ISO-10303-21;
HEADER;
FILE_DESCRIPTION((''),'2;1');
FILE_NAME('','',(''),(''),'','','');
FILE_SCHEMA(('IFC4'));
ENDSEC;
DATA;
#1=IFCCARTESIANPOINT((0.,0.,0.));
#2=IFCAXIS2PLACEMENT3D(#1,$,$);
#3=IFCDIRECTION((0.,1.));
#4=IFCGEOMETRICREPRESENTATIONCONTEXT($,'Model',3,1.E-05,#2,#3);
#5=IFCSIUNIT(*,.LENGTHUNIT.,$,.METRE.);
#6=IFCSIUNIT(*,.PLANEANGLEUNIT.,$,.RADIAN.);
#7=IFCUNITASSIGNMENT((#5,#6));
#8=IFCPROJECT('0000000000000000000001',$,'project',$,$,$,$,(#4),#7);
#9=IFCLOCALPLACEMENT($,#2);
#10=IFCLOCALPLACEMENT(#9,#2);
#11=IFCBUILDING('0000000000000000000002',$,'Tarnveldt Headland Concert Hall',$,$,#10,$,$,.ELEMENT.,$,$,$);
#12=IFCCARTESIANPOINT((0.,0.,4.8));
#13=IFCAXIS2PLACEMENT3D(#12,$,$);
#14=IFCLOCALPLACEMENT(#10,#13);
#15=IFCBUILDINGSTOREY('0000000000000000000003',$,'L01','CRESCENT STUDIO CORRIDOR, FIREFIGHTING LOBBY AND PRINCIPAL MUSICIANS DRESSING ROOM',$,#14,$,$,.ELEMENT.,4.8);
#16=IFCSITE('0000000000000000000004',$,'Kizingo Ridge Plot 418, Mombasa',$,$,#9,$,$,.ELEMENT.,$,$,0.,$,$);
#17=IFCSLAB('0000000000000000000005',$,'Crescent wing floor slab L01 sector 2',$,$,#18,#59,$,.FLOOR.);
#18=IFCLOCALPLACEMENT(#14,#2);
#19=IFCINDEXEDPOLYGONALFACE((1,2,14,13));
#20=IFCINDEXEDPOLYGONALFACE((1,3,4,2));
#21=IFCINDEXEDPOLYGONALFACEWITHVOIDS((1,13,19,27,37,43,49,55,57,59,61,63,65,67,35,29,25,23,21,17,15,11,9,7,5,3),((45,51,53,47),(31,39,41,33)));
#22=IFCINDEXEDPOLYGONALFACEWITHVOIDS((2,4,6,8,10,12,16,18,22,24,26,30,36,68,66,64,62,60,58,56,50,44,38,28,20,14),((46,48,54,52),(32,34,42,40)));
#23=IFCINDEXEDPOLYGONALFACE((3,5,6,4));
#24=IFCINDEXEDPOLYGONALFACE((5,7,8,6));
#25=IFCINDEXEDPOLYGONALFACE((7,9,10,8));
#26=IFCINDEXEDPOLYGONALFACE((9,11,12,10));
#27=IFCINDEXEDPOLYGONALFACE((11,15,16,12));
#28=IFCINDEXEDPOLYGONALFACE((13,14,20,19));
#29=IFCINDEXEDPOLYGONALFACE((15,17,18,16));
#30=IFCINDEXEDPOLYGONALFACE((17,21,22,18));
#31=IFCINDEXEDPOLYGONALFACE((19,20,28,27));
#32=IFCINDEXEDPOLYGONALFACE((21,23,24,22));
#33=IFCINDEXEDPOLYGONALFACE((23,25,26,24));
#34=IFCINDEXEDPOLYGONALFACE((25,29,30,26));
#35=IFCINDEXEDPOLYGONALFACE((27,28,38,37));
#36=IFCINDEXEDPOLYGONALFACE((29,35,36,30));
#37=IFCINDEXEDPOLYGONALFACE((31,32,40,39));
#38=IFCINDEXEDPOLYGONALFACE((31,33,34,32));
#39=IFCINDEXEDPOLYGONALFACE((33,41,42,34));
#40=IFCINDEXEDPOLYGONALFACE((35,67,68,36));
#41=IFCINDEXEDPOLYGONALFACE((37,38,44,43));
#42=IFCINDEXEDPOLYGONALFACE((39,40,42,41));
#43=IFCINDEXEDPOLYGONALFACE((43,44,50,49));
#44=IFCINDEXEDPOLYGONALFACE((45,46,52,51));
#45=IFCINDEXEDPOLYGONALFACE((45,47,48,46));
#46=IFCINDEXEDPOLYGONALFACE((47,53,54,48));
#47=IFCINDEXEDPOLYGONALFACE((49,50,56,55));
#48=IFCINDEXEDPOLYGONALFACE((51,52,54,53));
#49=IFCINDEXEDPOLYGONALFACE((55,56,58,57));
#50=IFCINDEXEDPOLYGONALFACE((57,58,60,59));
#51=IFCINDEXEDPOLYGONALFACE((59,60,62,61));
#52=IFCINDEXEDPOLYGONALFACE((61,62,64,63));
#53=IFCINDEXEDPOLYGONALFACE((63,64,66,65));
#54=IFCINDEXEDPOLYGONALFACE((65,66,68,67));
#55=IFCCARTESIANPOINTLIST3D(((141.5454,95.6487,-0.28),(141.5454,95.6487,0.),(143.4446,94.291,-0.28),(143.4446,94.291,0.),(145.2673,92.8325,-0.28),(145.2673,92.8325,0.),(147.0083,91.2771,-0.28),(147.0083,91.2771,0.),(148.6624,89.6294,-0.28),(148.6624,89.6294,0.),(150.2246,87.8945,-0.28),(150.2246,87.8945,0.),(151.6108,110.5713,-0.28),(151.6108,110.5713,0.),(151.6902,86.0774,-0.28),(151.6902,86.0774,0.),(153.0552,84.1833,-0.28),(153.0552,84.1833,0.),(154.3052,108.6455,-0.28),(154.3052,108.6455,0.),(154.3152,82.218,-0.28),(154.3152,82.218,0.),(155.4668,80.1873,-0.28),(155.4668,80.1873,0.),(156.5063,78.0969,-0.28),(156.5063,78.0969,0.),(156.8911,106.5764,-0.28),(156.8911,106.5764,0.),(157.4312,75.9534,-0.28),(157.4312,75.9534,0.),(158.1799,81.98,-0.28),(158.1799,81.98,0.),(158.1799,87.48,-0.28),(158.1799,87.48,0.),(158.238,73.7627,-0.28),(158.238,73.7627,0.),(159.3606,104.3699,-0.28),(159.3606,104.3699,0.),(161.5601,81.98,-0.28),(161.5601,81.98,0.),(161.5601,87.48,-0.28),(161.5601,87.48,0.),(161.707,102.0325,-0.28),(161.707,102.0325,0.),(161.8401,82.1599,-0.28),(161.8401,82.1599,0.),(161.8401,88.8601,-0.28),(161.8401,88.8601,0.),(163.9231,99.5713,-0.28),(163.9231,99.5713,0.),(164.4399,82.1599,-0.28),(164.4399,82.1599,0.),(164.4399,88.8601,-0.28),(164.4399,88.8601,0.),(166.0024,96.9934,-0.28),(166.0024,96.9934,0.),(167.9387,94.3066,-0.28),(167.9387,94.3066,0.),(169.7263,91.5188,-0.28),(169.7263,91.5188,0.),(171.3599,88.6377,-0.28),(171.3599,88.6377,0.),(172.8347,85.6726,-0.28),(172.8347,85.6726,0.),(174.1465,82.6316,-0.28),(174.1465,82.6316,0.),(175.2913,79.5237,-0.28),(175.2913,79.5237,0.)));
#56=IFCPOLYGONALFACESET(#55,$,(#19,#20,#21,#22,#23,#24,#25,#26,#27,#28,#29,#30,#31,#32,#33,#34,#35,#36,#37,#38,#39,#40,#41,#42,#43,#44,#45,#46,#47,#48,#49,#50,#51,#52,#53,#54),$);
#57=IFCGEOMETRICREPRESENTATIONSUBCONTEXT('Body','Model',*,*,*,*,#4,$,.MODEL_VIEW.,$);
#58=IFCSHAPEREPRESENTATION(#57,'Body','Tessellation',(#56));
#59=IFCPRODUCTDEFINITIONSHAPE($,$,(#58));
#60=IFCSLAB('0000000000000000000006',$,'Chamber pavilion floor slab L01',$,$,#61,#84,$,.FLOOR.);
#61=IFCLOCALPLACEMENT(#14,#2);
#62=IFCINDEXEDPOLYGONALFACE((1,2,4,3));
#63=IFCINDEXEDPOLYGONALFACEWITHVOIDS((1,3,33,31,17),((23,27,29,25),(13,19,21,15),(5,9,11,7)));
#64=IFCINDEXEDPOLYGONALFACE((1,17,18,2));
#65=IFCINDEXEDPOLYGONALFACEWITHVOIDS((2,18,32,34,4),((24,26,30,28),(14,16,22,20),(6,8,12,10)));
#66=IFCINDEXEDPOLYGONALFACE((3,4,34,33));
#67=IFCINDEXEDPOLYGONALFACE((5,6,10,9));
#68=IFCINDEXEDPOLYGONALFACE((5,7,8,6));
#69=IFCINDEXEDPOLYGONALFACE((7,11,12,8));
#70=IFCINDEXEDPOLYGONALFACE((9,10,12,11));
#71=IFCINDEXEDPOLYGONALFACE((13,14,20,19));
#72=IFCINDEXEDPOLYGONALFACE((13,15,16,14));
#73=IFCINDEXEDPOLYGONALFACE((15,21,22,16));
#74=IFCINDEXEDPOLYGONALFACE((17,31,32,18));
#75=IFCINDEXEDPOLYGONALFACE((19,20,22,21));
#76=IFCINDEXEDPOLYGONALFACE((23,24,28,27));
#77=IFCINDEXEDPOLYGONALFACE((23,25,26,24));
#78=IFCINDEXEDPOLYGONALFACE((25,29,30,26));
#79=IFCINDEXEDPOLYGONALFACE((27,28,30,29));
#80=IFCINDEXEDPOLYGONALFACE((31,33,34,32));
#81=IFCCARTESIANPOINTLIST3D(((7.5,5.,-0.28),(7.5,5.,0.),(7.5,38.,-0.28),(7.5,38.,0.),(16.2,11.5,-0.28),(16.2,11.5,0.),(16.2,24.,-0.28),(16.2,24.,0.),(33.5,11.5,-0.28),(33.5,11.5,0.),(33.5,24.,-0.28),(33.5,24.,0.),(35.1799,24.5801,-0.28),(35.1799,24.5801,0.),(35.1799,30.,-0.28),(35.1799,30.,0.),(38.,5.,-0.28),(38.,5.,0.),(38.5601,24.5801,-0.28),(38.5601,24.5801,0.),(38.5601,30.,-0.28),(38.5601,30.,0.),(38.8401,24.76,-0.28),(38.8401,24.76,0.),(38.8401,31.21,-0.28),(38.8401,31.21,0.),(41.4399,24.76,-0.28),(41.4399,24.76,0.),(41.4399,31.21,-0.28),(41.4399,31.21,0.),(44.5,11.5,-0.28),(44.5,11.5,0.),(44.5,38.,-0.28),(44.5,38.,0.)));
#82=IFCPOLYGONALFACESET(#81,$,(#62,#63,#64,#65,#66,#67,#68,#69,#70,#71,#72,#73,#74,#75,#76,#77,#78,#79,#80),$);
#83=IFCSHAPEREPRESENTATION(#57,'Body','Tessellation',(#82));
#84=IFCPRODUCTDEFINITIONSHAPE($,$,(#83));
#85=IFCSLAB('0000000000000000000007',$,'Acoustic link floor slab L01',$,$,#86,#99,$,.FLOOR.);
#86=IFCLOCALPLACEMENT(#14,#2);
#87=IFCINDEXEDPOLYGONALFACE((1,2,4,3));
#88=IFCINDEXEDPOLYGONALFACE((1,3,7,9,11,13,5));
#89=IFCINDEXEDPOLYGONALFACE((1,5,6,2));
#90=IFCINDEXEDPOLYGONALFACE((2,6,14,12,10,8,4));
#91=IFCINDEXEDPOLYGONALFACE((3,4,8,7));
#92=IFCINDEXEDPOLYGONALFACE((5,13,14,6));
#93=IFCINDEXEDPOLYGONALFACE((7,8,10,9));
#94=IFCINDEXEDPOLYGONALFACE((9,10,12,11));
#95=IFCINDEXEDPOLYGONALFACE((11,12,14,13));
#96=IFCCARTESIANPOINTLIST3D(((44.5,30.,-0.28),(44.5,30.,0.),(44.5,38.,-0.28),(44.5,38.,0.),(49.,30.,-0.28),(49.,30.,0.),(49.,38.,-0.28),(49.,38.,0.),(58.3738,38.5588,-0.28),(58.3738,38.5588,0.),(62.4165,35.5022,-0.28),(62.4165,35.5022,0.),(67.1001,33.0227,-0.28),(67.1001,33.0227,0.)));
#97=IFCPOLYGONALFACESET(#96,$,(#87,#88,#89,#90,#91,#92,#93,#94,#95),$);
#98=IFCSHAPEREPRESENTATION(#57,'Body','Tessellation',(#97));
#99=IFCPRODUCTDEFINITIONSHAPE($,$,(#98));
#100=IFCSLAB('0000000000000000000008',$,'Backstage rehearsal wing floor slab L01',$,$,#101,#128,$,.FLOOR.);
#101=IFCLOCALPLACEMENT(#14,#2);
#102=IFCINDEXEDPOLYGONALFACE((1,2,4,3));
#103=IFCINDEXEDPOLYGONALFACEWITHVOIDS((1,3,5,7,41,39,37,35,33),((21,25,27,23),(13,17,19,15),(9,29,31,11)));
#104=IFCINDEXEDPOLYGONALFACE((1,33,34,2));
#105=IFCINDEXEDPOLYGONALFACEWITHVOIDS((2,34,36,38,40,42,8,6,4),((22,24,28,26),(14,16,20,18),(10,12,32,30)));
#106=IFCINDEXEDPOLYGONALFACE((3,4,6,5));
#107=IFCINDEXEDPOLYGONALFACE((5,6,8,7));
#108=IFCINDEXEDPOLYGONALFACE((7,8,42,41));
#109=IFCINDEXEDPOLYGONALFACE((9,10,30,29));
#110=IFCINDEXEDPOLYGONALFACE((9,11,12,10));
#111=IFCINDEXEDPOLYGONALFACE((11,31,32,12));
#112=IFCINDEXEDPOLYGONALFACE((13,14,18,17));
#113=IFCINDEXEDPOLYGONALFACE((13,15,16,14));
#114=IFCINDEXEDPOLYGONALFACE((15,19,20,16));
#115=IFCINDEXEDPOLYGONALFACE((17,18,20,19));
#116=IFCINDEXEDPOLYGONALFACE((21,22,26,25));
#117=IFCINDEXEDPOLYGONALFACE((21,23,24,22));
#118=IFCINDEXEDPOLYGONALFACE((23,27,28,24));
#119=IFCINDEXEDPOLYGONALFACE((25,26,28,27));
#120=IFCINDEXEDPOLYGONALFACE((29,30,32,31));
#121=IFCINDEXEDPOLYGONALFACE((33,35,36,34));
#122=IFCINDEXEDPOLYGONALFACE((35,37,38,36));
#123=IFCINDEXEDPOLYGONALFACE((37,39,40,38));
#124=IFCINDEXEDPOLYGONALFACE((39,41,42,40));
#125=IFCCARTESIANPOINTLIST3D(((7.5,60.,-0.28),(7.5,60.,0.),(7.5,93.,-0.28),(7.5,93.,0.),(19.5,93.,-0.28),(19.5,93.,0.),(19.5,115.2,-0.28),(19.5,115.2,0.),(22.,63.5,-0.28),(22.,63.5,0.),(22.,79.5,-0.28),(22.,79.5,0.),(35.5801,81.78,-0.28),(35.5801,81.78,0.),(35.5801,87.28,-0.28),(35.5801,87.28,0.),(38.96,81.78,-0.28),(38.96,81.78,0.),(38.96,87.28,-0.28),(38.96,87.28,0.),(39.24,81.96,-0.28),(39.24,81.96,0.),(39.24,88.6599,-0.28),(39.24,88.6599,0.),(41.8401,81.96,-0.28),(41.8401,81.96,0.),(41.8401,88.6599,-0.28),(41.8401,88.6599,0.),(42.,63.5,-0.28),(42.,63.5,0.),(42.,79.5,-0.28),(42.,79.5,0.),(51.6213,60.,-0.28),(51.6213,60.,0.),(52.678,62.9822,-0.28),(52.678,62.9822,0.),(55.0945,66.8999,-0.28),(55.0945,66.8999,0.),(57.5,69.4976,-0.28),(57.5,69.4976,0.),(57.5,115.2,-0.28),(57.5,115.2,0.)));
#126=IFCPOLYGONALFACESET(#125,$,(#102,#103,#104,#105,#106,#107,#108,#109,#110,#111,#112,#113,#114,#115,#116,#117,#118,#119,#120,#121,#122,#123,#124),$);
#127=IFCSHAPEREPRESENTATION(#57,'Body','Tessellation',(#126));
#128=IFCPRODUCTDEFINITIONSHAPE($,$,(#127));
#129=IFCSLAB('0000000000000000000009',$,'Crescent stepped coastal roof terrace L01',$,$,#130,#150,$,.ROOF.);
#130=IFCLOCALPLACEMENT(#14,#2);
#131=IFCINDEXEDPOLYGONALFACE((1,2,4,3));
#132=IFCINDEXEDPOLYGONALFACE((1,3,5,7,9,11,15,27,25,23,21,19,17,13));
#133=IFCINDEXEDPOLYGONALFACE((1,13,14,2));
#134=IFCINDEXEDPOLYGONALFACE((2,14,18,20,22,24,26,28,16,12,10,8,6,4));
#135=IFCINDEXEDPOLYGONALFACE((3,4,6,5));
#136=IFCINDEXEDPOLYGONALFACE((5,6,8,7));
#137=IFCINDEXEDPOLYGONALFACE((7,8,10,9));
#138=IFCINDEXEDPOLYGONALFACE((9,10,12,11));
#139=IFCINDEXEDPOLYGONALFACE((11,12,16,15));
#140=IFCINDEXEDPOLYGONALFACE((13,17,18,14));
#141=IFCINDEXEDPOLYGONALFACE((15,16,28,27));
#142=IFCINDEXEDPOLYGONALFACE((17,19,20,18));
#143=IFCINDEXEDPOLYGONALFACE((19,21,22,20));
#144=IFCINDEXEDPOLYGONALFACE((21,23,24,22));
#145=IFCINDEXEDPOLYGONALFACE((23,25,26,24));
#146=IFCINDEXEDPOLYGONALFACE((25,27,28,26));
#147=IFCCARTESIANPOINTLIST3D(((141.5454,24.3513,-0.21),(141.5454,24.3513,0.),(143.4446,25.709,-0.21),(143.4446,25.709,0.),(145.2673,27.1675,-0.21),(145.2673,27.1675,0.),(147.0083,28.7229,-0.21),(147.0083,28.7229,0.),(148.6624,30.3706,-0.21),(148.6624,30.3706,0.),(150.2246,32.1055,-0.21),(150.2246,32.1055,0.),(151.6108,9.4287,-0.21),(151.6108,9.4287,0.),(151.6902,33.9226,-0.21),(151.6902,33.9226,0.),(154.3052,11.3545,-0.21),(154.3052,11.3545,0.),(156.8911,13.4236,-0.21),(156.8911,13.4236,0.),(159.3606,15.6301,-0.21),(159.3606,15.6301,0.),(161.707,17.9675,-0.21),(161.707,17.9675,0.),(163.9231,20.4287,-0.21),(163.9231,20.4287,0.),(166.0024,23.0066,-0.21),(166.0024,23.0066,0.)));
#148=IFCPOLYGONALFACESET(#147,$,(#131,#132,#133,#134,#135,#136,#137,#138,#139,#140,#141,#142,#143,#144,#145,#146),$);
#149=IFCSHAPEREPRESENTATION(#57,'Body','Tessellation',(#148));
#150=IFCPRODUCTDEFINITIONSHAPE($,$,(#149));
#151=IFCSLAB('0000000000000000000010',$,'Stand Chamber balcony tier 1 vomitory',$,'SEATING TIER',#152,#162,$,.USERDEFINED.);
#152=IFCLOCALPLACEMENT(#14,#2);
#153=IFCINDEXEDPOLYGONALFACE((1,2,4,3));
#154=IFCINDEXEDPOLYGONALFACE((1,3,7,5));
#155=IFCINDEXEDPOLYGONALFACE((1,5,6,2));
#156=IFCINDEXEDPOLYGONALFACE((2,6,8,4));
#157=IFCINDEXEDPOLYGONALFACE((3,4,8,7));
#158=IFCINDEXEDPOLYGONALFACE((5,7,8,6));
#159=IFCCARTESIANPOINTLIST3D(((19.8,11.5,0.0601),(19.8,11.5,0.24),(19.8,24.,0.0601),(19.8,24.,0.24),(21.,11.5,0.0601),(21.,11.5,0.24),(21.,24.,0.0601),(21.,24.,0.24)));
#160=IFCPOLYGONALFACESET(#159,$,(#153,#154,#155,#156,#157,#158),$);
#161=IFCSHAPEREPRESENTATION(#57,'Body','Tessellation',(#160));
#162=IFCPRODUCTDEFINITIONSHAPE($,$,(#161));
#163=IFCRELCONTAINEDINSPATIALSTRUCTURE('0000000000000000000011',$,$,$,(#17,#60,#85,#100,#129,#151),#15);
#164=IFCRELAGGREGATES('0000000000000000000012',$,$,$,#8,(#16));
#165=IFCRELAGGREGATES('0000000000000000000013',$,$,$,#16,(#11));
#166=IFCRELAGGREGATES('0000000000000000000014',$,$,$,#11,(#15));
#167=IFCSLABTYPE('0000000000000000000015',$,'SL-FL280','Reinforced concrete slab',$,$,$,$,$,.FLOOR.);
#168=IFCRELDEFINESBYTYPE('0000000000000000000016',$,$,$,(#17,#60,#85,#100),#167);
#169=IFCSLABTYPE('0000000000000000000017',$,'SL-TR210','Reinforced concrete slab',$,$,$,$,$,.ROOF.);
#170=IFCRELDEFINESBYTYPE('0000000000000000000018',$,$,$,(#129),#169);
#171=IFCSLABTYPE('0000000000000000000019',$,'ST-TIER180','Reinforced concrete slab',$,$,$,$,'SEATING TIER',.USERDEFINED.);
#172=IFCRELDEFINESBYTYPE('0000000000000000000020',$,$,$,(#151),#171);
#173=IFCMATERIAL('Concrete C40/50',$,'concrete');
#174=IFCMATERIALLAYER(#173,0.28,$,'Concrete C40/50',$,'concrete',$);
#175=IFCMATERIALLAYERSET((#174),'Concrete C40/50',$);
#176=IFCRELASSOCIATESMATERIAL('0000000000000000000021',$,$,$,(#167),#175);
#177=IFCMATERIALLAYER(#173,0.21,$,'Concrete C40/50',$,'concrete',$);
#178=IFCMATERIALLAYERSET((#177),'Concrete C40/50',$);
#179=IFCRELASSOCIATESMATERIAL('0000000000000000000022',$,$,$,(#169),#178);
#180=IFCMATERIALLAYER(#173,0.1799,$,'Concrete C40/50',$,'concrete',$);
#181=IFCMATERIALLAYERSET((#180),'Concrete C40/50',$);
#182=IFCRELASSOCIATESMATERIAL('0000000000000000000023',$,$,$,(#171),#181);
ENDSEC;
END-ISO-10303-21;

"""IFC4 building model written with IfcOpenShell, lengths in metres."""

from ifc_helpers import new_model, si_unit, direction, frame, origin, place, context, subcontext, project, spatial, polyline, outline, extrude, material, layer, layer_set, type_object, element, save


model = new_model("IFC4")

# Units and contexts
model_context = context("Model", 3, precision=1e-05, world=origin(), true_north=direction((0.0, 1.0)))
body_context = subcontext(model_context, "Body", "Model", "MODEL_VIEW")
ifc_project = project(units=[si_unit("LENGTHUNIT", "METRE"), si_unit("PLANEANGLEUNIT", "RADIAN")], contexts=[model_context])

# Site, building, storey
site_placement = place(None, origin())
site = spatial("IfcSite", under=ifc_project, at=site_placement, Name="Kizingo Ridge Plot 418, Mombasa", CompositionType="ELEMENT", RefElevation=0.0)
building_placement = place(site_placement, origin())
building = spatial("IfcBuilding", under=site, at=building_placement, Name="Tarnveldt Headland Concert Hall", CompositionType="ELEMENT")
storey_placement = place(building_placement, frame((0.0, 0.0, 4.8)))
storey = spatial("IfcBuildingStorey", under=building, at=storey_placement, Name="L01", Description="CRESCENT STUDIO CORRIDOR, FIREFIGHTING LOBBY AND PRINCIPAL MUSICIANS DRESSING ROOM", CompositionType="ELEMENT", Elevation=4.8)

# Slabs
ifc_material_1 = material(Name="Concrete C40/50", Category="concrete")
ifc_layer_1 = layer(ifc_material_1, 0.28, Name="Concrete C40/50", Category="concrete")
ifc_layer_set_1 = layer_set([ifc_layer_1], Name="Concrete C40/50")
slab_type_1 = type_object("IfcSlabType", Name="SL-FL280", Description="Reinforced concrete slab", PredefinedType="FLOOR", material=ifc_layer_set_1)
slab_1_placement = place(storey_placement, frame((0.0, 0.0, -0.28)))
element("IfcSlab", 1, at=slab_1_placement, inside=storey, type_object=slab_type_1, Name="Crescent wing floor slab L01 sector 2", PredefinedType="FLOOR", context=body_context, shape_type="SweptSolid", body=[
    extrude(outline(polyline([(157.4312, 75.9534), (158.238, 73.7627), (175.2913, 79.5237), (174.1465, 82.6316), (172.8347, 85.6726), (171.3599, 88.6377), (169.7263, 91.5188), (167.9387, 94.3066), (166.0024, 96.9934), (163.9231, 99.5713), (161.707, 102.0325), (159.3606, 104.3699), (156.8911, 106.5764), (154.3052, 108.6455), (151.6108, 110.5713), (141.5454, 95.6487), (143.4446, 94.291), (145.2673, 92.8325), (147.0083, 91.2771), (148.6624, 89.6294), (150.2246, 87.8945), (151.6902, 86.0774), (153.0552, 84.1833), (154.3152, 82.218), (155.4668, 80.1873), (156.5063, 78.0969), (157.4312, 75.9534)]), holes=[polyline([(158.1799, 87.48), (161.5601, 87.48), (161.5601, 81.98), (158.1799, 81.98), (158.1799, 87.48)]), polyline([(164.4399, 88.8601), (164.4399, 82.1599), (161.8401, 82.1599), (161.8401, 88.8601), (164.4399, 88.8601)])]), origin(), (0.0, 0.0, 1.0), 0.28),
])
slab_2_placement = place(storey_placement, frame((0.0, 0.0, -0.28)))
element("IfcSlab", 2, at=slab_2_placement, inside=storey, type_object=slab_type_1, Name="Chamber pavilion floor slab L01", PredefinedType="FLOOR", context=body_context, shape_type="SweptSolid", body=[
    extrude(outline(polyline([(44.5, 11.5), (44.5, 38.0), (7.5, 38.0), (7.5, 5.0), (38.0, 5.0), (44.5, 11.5)]), holes=[polyline([(16.2, 11.5), (16.2, 24.0), (33.5, 24.0), (33.5, 11.5), (16.2, 11.5)]), polyline([(35.1799, 30.0), (38.5601, 30.0), (38.5601, 24.5801), (35.1799, 24.5801), (35.1799, 30.0)]), polyline([(41.4399, 31.21), (41.4399, 24.76), (38.8401, 24.76), (38.8401, 31.21), (41.4399, 31.21)])]), origin(), (0.0, 0.0, 1.0), 0.28),
])
slab_3_placement = place(storey_placement, frame((0.0, 0.0, -0.28)))
element("IfcSlab", 3, at=slab_3_placement, inside=storey, type_object=slab_type_1, Name="Acoustic link floor slab L01", PredefinedType="FLOOR", context=body_context, shape_type="SweptSolid", body=[
    extrude(outline(polyline([(44.5, 30.0), (49.0, 30.0), (67.1001, 33.0227), (62.4165, 35.5022), (58.3738, 38.5588), (49.0, 38.0), (44.5, 38.0), (44.5, 30.0)])), origin(), (0.0, 0.0, 1.0), 0.28),
])
slab_4_placement = place(storey_placement, frame((0.0, 0.0, -0.28)))
element("IfcSlab", 4, at=slab_4_placement, inside=storey, type_object=slab_type_1, Name="Backstage rehearsal wing floor slab L01", PredefinedType="FLOOR", context=body_context, shape_type="SweptSolid", body=[
    extrude(outline(polyline([(19.5, 115.2), (19.5, 93.0), (7.5, 93.0), (7.5, 60.0), (51.6213, 60.0), (52.678, 62.9822), (55.0945, 66.8999), (57.5, 69.4976), (57.5, 115.2), (19.5, 115.2)]), holes=[polyline([(22.0, 63.5), (22.0, 79.5), (42.0, 79.5), (42.0, 63.5), (22.0, 63.5)]), polyline([(35.5801, 87.28), (38.96, 87.28), (38.96, 81.78), (35.5801, 81.78), (35.5801, 87.28)]), polyline([(41.8401, 88.6599), (41.8401, 81.96), (39.24, 81.96), (39.24, 88.6599), (41.8401, 88.6599)])]), origin(), (0.0, 0.0, 1.0), 0.28),
])
ifc_layer_2 = layer(ifc_material_1, 0.21, Name="Concrete C40/50", Category="concrete")
ifc_layer_set_2 = layer_set([ifc_layer_2], Name="Concrete C40/50")
slab_type_2 = type_object("IfcSlabType", Name="SL-TR210", Description="Reinforced concrete slab", PredefinedType="ROOF", material=ifc_layer_set_2)
slab_5_placement = place(storey_placement, frame((0.0, 0.0, -0.21)))
element("IfcSlab", 5, at=slab_5_placement, inside=storey, type_object=slab_type_2, Name="Crescent stepped coastal roof terrace L01", PredefinedType="ROOF", context=body_context, shape_type="SweptSolid", body=[
    extrude(outline(polyline([(151.6108, 9.4287), (154.3052, 11.3545), (156.8911, 13.4236), (159.3606, 15.6301), (161.707, 17.9675), (163.9231, 20.4287), (166.0024, 23.0066), (151.6902, 33.9226), (150.2246, 32.1055), (148.6624, 30.3706), (147.0083, 28.7229), (145.2673, 27.1675), (143.4446, 25.709), (141.5454, 24.3513), (151.6108, 9.4287)])), origin(), (0.0, 0.0, 1.0), 0.21),
])
ifc_layer_3 = layer(ifc_material_1, 0.1799, Name="Concrete C40/50", Category="concrete")
ifc_layer_set_3 = layer_set([ifc_layer_3], Name="Concrete C40/50")
slab_type_3 = type_object("IfcSlabType", Name="ST-TIER180", Description="Reinforced concrete slab", ElementType="SEATING TIER", PredefinedType="USERDEFINED", material=ifc_layer_set_3)
slab_6_placement = place(storey_placement, frame((0.0, 0.0, 0.0601)))
element("IfcSlab", 6, at=slab_6_placement, inside=storey, type_object=slab_type_3, Name="Stand Chamber balcony tier 1 vomitory", ObjectType="SEATING TIER", PredefinedType="USERDEFINED", context=body_context, shape_type="SweptSolid", body=[
    extrude(outline(polyline([(19.8, 11.5), (21.0, 11.5), (21.0, 24.0), (19.8, 24.0), (19.8, 11.5)])), origin(), (0.0, 0.0, 1.0), 0.1799),
])

save(model, "model.ifc")
